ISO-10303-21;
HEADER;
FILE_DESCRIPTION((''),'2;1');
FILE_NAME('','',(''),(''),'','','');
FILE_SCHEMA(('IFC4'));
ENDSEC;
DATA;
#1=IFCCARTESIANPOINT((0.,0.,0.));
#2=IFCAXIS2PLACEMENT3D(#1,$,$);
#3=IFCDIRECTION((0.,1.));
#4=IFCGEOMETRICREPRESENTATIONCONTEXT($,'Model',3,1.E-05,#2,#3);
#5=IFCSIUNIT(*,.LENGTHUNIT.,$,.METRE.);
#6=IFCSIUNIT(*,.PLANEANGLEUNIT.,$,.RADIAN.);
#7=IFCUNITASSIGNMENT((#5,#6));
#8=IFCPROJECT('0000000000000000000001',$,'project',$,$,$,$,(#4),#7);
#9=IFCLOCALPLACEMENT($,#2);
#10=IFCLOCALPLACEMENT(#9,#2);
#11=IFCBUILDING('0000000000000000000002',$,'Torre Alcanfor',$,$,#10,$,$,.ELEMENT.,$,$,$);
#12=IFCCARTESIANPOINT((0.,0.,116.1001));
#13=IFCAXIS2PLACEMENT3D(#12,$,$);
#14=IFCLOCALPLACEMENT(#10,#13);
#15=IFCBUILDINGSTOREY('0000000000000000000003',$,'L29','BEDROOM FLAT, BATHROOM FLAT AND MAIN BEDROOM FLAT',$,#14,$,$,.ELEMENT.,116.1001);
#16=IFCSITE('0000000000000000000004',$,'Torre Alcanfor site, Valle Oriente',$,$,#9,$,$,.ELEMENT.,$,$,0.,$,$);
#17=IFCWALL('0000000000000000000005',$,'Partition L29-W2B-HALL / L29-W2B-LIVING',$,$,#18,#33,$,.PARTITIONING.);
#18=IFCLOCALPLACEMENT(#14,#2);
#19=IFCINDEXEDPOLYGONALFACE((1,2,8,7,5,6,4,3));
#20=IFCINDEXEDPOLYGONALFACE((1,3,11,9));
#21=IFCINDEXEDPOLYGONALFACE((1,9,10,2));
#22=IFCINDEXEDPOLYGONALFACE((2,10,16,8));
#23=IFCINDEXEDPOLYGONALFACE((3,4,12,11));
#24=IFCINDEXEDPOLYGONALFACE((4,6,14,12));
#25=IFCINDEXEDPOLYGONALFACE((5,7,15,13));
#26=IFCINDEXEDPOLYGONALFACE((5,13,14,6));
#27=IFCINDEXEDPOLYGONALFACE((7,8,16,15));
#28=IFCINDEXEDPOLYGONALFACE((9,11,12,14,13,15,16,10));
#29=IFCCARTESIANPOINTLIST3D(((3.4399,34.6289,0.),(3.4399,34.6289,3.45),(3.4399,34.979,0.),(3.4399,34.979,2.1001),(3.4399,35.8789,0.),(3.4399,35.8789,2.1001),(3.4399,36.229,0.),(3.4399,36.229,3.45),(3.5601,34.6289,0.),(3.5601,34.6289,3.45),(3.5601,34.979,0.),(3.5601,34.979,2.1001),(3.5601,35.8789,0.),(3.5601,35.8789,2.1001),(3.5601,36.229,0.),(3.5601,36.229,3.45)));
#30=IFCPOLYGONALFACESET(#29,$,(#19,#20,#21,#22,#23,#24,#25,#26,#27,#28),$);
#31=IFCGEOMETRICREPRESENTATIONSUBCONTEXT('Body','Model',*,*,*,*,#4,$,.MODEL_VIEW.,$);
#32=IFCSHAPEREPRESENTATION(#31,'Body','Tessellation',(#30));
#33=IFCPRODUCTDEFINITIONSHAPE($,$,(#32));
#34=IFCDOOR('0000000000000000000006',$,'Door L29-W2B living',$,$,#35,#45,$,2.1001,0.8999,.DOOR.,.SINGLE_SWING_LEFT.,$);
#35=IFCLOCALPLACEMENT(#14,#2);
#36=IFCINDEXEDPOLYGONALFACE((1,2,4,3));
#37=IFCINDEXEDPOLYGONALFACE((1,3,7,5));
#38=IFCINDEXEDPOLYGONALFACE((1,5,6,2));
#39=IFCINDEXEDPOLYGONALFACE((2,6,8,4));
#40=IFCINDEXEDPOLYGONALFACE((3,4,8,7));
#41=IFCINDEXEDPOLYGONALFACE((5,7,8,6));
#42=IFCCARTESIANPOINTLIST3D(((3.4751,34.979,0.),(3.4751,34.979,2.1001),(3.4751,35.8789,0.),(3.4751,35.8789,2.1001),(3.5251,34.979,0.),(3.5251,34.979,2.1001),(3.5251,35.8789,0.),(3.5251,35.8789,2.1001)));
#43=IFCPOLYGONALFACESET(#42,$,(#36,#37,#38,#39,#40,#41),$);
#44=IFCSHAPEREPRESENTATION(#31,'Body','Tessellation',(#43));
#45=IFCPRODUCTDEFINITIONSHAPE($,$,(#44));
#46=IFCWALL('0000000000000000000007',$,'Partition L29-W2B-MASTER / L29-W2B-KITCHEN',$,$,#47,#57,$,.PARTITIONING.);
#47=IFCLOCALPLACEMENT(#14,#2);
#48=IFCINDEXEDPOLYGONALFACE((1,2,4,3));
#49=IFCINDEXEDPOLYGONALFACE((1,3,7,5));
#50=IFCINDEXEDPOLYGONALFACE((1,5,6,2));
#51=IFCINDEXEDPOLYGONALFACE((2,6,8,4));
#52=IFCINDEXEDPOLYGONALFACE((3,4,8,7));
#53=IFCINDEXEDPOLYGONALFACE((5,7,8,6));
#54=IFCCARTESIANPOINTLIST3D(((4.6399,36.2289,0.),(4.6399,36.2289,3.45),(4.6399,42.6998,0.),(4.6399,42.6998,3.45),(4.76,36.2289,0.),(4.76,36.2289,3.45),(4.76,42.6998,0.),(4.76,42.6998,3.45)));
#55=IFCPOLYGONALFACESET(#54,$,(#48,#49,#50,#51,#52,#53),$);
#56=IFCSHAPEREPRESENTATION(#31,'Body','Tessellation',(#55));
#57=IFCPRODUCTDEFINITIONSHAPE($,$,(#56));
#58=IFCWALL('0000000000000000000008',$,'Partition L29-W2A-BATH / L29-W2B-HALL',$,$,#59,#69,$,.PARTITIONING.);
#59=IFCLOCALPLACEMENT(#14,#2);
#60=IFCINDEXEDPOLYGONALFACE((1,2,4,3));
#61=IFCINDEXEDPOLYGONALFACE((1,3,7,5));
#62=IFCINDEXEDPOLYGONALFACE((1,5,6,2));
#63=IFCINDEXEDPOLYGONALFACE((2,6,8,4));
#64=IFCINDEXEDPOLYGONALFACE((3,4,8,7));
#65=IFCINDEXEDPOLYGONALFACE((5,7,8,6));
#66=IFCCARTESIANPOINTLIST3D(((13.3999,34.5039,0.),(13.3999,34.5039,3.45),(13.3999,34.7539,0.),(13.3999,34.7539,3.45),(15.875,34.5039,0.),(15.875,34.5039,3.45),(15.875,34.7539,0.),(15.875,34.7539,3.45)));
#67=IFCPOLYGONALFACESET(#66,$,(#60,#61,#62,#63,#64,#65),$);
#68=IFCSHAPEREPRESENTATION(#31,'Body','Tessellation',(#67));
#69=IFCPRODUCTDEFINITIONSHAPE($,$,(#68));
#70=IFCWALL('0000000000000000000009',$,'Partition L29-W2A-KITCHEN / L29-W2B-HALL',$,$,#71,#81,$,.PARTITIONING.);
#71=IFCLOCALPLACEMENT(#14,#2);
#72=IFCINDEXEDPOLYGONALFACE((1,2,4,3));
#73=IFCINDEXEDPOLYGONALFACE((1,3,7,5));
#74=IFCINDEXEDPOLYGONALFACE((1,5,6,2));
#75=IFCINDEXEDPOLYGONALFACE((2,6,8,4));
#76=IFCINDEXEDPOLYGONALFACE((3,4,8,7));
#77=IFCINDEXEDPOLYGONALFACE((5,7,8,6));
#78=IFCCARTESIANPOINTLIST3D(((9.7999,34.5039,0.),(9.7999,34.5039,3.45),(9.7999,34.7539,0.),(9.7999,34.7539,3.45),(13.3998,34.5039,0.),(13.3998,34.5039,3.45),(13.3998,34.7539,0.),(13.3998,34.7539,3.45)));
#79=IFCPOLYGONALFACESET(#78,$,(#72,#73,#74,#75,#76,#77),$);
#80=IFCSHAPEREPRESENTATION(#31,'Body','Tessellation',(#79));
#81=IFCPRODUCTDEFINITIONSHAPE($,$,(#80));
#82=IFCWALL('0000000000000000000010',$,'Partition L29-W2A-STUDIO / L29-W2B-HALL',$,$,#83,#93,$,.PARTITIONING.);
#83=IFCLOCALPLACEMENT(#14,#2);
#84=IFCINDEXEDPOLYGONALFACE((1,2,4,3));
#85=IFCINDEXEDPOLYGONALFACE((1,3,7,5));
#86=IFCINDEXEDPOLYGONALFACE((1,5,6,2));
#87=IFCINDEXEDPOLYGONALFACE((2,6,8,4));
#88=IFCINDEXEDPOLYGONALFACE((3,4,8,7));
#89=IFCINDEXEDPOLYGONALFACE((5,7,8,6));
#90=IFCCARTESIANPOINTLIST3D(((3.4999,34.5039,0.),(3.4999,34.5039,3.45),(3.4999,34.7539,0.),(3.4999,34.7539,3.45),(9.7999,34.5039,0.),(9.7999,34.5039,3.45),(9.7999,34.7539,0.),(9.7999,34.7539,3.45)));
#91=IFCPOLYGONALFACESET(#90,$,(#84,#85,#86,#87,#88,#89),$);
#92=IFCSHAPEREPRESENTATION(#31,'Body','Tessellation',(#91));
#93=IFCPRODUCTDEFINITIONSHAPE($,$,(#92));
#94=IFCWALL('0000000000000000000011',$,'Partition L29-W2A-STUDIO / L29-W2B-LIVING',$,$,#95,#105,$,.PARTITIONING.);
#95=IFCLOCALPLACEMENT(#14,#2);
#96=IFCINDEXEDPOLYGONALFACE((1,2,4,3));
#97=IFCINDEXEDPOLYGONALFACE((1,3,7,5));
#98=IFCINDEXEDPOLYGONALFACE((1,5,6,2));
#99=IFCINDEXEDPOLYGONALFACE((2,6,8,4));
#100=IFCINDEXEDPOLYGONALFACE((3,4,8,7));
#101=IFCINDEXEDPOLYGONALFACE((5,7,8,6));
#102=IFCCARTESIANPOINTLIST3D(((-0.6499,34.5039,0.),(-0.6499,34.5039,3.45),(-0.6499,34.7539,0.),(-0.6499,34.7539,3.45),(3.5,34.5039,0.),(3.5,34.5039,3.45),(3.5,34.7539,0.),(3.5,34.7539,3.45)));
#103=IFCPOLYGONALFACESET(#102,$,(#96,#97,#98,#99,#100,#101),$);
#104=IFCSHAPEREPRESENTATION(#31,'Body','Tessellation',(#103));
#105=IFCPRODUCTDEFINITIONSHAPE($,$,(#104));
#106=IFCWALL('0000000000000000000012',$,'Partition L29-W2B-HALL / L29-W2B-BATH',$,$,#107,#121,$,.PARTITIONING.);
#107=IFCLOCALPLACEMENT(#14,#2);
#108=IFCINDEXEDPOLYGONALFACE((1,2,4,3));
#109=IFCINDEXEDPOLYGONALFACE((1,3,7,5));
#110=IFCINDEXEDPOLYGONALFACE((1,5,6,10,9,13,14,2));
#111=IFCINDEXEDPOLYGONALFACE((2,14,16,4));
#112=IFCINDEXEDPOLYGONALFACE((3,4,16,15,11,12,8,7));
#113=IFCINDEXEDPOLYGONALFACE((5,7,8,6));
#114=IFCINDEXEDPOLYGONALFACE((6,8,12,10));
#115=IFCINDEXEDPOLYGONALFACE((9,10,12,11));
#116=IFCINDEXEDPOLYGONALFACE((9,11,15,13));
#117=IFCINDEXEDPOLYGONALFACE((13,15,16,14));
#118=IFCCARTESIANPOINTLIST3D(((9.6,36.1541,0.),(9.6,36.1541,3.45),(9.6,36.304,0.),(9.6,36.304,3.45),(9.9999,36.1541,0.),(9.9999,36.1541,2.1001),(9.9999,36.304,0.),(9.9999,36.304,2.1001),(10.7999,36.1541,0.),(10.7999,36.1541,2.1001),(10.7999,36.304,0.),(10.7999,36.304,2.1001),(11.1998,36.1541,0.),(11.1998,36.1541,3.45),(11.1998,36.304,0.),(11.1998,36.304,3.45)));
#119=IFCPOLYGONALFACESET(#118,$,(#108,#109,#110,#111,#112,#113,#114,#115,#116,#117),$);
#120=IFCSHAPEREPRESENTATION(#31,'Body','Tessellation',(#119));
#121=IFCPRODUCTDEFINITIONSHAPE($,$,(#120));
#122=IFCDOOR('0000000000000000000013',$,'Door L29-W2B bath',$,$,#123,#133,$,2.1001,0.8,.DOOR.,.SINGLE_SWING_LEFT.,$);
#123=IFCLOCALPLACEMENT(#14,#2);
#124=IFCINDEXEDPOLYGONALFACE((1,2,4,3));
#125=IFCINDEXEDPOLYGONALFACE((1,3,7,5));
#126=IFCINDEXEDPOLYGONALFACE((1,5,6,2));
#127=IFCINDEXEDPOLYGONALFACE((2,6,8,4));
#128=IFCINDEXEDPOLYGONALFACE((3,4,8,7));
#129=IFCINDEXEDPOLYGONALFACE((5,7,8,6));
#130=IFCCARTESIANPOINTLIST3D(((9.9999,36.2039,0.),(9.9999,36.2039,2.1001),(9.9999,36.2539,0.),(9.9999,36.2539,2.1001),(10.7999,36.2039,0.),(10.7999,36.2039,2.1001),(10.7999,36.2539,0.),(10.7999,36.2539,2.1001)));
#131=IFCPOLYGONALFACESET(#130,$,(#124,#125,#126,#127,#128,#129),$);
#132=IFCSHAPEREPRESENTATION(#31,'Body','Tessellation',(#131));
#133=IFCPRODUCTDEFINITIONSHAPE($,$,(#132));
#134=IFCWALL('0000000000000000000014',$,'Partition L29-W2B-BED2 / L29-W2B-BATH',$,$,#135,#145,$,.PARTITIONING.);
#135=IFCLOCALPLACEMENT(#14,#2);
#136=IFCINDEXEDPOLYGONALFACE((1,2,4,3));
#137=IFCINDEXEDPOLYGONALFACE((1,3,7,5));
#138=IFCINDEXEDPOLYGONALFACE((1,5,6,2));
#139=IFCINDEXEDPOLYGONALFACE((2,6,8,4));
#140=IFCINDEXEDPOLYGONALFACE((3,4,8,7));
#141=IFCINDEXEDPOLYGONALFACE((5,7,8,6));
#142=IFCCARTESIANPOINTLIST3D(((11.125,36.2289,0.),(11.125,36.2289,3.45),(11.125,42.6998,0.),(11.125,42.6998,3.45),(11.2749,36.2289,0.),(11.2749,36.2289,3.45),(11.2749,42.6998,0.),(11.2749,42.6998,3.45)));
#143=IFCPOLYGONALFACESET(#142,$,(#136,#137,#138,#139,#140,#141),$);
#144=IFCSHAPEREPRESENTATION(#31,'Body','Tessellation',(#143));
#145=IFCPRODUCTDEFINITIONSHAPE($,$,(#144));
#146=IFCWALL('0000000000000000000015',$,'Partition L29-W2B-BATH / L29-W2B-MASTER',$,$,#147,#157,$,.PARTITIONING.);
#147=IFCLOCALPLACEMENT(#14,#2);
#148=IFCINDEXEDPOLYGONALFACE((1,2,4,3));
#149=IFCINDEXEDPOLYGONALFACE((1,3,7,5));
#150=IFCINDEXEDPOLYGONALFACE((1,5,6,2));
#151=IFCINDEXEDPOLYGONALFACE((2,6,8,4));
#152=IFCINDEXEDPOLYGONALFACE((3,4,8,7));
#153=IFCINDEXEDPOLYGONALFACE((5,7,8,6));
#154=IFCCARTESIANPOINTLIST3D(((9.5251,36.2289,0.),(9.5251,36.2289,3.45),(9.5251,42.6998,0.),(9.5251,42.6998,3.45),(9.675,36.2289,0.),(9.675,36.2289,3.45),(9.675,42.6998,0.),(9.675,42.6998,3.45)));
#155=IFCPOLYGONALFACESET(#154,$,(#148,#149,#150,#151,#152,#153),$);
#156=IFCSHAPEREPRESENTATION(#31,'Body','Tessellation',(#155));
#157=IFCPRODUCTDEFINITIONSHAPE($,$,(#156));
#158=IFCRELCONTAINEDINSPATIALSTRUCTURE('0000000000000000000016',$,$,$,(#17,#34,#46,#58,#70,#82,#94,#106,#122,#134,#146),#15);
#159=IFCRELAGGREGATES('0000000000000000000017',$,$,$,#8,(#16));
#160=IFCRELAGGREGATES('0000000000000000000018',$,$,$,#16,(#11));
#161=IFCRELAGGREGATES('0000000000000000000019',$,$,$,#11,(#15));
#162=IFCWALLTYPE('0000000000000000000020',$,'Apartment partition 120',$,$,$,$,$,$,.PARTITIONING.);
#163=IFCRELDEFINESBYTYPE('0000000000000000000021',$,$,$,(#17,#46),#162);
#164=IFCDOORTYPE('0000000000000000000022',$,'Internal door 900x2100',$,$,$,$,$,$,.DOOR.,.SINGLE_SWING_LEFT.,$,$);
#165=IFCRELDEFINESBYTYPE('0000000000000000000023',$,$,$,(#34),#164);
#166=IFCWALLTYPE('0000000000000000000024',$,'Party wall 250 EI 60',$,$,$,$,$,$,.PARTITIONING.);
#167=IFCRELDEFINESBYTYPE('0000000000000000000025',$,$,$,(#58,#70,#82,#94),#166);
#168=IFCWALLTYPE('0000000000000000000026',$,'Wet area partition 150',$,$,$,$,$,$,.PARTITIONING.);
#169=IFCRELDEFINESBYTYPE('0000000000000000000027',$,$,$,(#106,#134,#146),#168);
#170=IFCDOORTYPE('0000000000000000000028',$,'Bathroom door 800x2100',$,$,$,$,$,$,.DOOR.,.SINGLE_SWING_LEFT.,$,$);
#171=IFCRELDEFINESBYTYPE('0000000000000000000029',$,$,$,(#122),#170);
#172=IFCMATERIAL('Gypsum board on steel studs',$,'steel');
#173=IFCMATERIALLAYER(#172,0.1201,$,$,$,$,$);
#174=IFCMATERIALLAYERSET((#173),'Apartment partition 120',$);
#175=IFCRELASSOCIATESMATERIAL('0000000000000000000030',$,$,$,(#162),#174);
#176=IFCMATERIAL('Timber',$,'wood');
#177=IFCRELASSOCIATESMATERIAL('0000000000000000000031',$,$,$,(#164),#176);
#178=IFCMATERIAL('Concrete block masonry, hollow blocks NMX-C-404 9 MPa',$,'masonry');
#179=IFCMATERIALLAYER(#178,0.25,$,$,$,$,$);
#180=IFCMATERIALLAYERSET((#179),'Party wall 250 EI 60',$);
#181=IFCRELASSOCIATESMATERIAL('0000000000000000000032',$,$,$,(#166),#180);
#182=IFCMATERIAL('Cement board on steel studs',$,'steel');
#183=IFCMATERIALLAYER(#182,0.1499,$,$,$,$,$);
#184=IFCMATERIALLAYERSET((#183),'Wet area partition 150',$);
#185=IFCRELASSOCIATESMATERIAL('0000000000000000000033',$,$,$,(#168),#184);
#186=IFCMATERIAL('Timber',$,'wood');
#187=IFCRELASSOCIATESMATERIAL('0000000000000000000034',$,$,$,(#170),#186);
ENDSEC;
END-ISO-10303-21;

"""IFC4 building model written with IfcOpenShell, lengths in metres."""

from ifc_helpers import new_model, si_unit, direction, frame, frame_2d, origin, place, context, subcontext, project, spatial, rectangle, extrude, material, layer, layer_set, type_object, element, fill, save


model = new_model("IFC4")

# Units and contexts
model_context = context("Model", 3, precision=1e-05, world=origin(), true_north=direction((0.0, 1.0)))
body_context = subcontext(model_context, "Body", "Model", "MODEL_VIEW")
ifc_project = project(units=[si_unit("LENGTHUNIT", "METRE"), si_unit("PLANEANGLEUNIT", "RADIAN")], contexts=[model_context])

# Site, building, storey
site_placement = place(None, origin())
site = spatial("IfcSite", under=ifc_project, at=site_placement, Name="Torre Alcanfor site, Valle Oriente", CompositionType="ELEMENT", RefElevation=0.0)
building_placement = place(site_placement, origin())
building = spatial("IfcBuilding", under=site, at=building_placement, Name="Torre Alcanfor", CompositionType="ELEMENT")
storey_placement = place(building_placement, frame((0.0, 0.0, 116.1001)))
storey = spatial("IfcBuildingStorey", under=building, at=storey_placement, Name="L29", Description="BEDROOM FLAT, BATHROOM FLAT AND MAIN BEDROOM FLAT", CompositionType="ELEMENT", Elevation=116.1001)

# Shared definitions
ifc_material_1 = material(Name="Gypsum board on steel studs", Category="steel")
ifc_layer_1 = layer(ifc_material_1, 0.1201)
ifc_layer_set_1 = layer_set([ifc_layer_1], Name="Apartment partition 120")
wall_type_1 = type_object("IfcWallType", Name="Apartment partition 120", PredefinedType="PARTITIONING", material=ifc_layer_set_1)
ifc_material_2 = material(Name="Timber", Category="wood")
door_type_1 = type_object("IfcDoorType", Name="Internal door 900x2100", OperationType="SINGLE_SWING_LEFT", PredefinedType="DOOR", material=ifc_material_2)

# Wall, opening, door
wall_1_placement = place(storey_placement, frame((3.5, 34.6289, 0.0), z_axis=(0.0, 0.0, 1.0), x_axis=(0.0, 1.0, 0.0)))
wall_1 = element("IfcWall", 1, at=wall_1_placement, inside=storey, type_object=wall_type_1, Name="Partition L29-W2B-HALL / L29-W2B-LIVING", PredefinedType="PARTITIONING", context=body_context, shape_type="SweptSolid", body=[
    extrude(rectangle(XDim=1.6001, YDim=0.1201, at=frame_2d((0.8, 0.0))), origin(), (0.0, 0.0, 1.0), 3.45),
])
opening_1_placement = place(wall_1_placement, frame((0.3501, 0.0, 0.0)))
opening_1 = element("IfcOpeningElement", 2, at=opening_1_placement, cuts=wall_1, PredefinedType="OPENING", context=body_context, shape_type="SweptSolid", body=[
    extrude(rectangle(XDim=0.8999, YDim=2.1001, at=frame_2d((0.45, 1.05))), frame((0.0, 0.0701, 0.0), z_axis=(0.0, -1.0, 0.0), x_axis=(1.0, 0.0, 0.0)), (0.0, 0.0, 1.0), 0.1401),
])
door_1_placement = place(opening_1_placement, origin())
door_1 = element("IfcDoor", 3, at=door_1_placement, inside=storey, type_object=door_type_1, Name="Door L29-W2B living", OperationType="SINGLE_SWING_LEFT", OverallHeight=2.1001, OverallWidth=0.8999, PredefinedType="DOOR", context=body_context, shape_type="SweptSolid", body=[
    extrude(rectangle(XDim=0.8999, YDim=2.1001, at=frame_2d((0.45, 1.05))), frame((0.0, 0.0249, 0.0), z_axis=(0.0, -1.0, 0.0), x_axis=(1.0, 0.0, 0.0)), (0.0, 0.0, 1.0), 0.05),
])
fill(opening_1, door_1)

# Walls
wall_2_placement = place(storey_placement, frame((4.7, 36.229, 0.0), z_axis=(0.0, 0.0, 1.0), x_axis=(0.0, 1.0, 0.0)))
element("IfcWall", 4, at=wall_2_placement, inside=storey, type_object=wall_type_1, Name="Partition L29-W2B-MASTER / L29-W2B-KITCHEN", PredefinedType="PARTITIONING", context=body_context, shape_type="SweptSolid", body=[
    extrude(rectangle(XDim=6.4709, YDim=0.1201, at=frame_2d((3.2354, 0.0))), origin(), (0.0, 0.0, 1.0), 3.45),
])
ifc_material_3 = material(Name="Concrete block masonry, hollow blocks NMX-C-404 9 MPa", Category="masonry")
ifc_layer_2 = layer(ifc_material_3, 0.25)
ifc_layer_set_2 = layer_set([ifc_layer_2], Name="Party wall 250 EI 60")
wall_type_2 = type_object("IfcWallType", Name="Party wall 250 EI 60", PredefinedType="PARTITIONING", material=ifc_layer_set_2)
wall_3_placement = place(storey_placement, frame((13.3999, 34.6289, 0.0), z_axis=(0.0, 0.0, 1.0), x_axis=(1.0, 0.0, 0.0)))
element("IfcWall", 5, at=wall_3_placement, inside=storey, type_object=wall_type_2, Name="Partition L29-W2A-BATH / L29-W2B-HALL", PredefinedType="PARTITIONING", context=body_context, shape_type="SweptSolid", body=[
    extrude(rectangle(XDim=2.4751, YDim=0.25, at=frame_2d((1.2375, 0.0))), origin(), (0.0, 0.0, 1.0), 3.45),
])
wall_4_placement = place(storey_placement, frame((9.8, 34.6289, 0.0), z_axis=(0.0, 0.0, 1.0), x_axis=(1.0, 0.0, 0.0)))
element("IfcWall", 6, at=wall_4_placement, inside=storey, type_object=wall_type_2, Name="Partition L29-W2A-KITCHEN / L29-W2B-HALL", PredefinedType="PARTITIONING", context=body_context, shape_type="SweptSolid", body=[
    extrude(rectangle(XDim=3.5999, YDim=0.25, at=frame_2d((1.7998, 0.0))), origin(), (0.0, 0.0, 1.0), 3.45),
])
wall_5_placement = place(storey_placement, frame((3.5, 34.6289, 0.0), z_axis=(0.0, 0.0, 1.0), x_axis=(1.0, 0.0, 0.0)))
element("IfcWall", 7, at=wall_5_placement, inside=storey, type_object=wall_type_2, Name="Partition L29-W2A-STUDIO / L29-W2B-HALL", PredefinedType="PARTITIONING", context=body_context, shape_type="SweptSolid", body=[
    extrude(rectangle(XDim=6.3, YDim=0.25, at=frame_2d((3.1499, 0.0))), origin(), (0.0, 0.0, 1.0), 3.45),
])
wall_6_placement = place(storey_placement, frame((-0.6499, 34.6289, 0.0), z_axis=(0.0, 0.0, 1.0), x_axis=(1.0, 0.0, 0.0)))
element("IfcWall", 8, at=wall_6_placement, inside=storey, type_object=wall_type_2, Name="Partition L29-W2A-STUDIO / L29-W2B-LIVING", PredefinedType="PARTITIONING", context=body_context, shape_type="SweptSolid", body=[
    extrude(rectangle(XDim=4.1499, YDim=0.25, at=frame_2d((2.075, 0.0))), origin(), (0.0, 0.0, 1.0), 3.45),
])

# Wall, opening, door
ifc_material_4 = material(Name="Cement board on steel studs", Category="steel")
ifc_layer_3 = layer(ifc_material_4, 0.1499)
ifc_layer_set_3 = layer_set([ifc_layer_3], Name="Wet area partition 150")
wall_type_3 = type_object("IfcWallType", Name="Wet area partition 150", PredefinedType="PARTITIONING", material=ifc_layer_set_3)
wall_7_placement = place(storey_placement, frame((9.6001, 36.229, 0.0), z_axis=(0.0, 0.0, 1.0), x_axis=(1.0, 0.0, 0.0)))
wall_7 = element("IfcWall", 9, at=wall_7_placement, inside=storey, type_object=wall_type_3, Name="Partition L29-W2B-HALL / L29-W2B-BATH", PredefinedType="PARTITIONING", context=body_context, shape_type="SweptSolid", body=[
    extrude(rectangle(XDim=1.5999, YDim=0.1499, at=frame_2d((0.7998, 0.0))), origin(), (0.0, 0.0, 1.0), 3.45),
])
opening_2_placement = place(wall_7_placement, frame((0.3999, 0.0, 0.0)))
opening_2 = element("IfcOpeningElement", 10, at=opening_2_placement, cuts=wall_7, PredefinedType="OPENING", context=body_context, shape_type="SweptSolid", body=[
    extrude(rectangle(XDim=0.8, YDim=2.1001, at=frame_2d((0.3999, 1.05))), frame((0.0, 0.085, 0.0), z_axis=(0.0, -1.0, 0.0), x_axis=(1.0, 0.0, 0.0)), (0.0, 0.0, 1.0), 0.1699),
])
ifc_material_5 = material(Name="Timber", Category="wood")
door_type_2 = type_object("IfcDoorType", Name="Bathroom door 800x2100", OperationType="SINGLE_SWING_LEFT", PredefinedType="DOOR", material=ifc_material_5)
door_2_placement = place(opening_2_placement, origin())
door_2 = element("IfcDoor", 11, at=door_2_placement, inside=storey, type_object=door_type_2, Name="Door L29-W2B bath", OperationType="SINGLE_SWING_LEFT", OverallHeight=2.1001, OverallWidth=0.8, PredefinedType="DOOR", context=body_context, shape_type="SweptSolid", body=[
    extrude(rectangle(XDim=0.8, YDim=2.1001, at=frame_2d((0.3999, 1.05))), frame((0.0, 0.0249, 0.0), z_axis=(0.0, -1.0, 0.0), x_axis=(1.0, 0.0, 0.0)), (0.0, 0.0, 1.0), 0.05),
])
fill(opening_2, door_2)

# Walls
for number, where, z_axis, x_axis, name in (
    (12, (11.2, 36.229, 0.0), (0.0, 0.0, 1.0), (0.0, 1.0, 0.0), "Partition L29-W2B-BED2 / L29-W2B-BATH"),
    (13, (9.6001, 36.229, 0.0), (0.0, 0.0, 1.0), (0.0, 1.0, 0.0), "Partition L29-W2B-BATH / L29-W2B-MASTER"),
):
    element("IfcWall", number, at=place(storey_placement, frame(where, z_axis=z_axis, x_axis=x_axis)), inside=storey, type_object=wall_type_3, Name=name, PredefinedType="PARTITIONING", context=body_context, shape_type="SweptSolid", body=[
        extrude(rectangle(XDim=6.4709, YDim=0.1499, at=frame_2d((3.2354, 0.0))), origin(), (0.0, 0.0, 1.0), 3.45),
    ])

save(model, "model.ifc")
